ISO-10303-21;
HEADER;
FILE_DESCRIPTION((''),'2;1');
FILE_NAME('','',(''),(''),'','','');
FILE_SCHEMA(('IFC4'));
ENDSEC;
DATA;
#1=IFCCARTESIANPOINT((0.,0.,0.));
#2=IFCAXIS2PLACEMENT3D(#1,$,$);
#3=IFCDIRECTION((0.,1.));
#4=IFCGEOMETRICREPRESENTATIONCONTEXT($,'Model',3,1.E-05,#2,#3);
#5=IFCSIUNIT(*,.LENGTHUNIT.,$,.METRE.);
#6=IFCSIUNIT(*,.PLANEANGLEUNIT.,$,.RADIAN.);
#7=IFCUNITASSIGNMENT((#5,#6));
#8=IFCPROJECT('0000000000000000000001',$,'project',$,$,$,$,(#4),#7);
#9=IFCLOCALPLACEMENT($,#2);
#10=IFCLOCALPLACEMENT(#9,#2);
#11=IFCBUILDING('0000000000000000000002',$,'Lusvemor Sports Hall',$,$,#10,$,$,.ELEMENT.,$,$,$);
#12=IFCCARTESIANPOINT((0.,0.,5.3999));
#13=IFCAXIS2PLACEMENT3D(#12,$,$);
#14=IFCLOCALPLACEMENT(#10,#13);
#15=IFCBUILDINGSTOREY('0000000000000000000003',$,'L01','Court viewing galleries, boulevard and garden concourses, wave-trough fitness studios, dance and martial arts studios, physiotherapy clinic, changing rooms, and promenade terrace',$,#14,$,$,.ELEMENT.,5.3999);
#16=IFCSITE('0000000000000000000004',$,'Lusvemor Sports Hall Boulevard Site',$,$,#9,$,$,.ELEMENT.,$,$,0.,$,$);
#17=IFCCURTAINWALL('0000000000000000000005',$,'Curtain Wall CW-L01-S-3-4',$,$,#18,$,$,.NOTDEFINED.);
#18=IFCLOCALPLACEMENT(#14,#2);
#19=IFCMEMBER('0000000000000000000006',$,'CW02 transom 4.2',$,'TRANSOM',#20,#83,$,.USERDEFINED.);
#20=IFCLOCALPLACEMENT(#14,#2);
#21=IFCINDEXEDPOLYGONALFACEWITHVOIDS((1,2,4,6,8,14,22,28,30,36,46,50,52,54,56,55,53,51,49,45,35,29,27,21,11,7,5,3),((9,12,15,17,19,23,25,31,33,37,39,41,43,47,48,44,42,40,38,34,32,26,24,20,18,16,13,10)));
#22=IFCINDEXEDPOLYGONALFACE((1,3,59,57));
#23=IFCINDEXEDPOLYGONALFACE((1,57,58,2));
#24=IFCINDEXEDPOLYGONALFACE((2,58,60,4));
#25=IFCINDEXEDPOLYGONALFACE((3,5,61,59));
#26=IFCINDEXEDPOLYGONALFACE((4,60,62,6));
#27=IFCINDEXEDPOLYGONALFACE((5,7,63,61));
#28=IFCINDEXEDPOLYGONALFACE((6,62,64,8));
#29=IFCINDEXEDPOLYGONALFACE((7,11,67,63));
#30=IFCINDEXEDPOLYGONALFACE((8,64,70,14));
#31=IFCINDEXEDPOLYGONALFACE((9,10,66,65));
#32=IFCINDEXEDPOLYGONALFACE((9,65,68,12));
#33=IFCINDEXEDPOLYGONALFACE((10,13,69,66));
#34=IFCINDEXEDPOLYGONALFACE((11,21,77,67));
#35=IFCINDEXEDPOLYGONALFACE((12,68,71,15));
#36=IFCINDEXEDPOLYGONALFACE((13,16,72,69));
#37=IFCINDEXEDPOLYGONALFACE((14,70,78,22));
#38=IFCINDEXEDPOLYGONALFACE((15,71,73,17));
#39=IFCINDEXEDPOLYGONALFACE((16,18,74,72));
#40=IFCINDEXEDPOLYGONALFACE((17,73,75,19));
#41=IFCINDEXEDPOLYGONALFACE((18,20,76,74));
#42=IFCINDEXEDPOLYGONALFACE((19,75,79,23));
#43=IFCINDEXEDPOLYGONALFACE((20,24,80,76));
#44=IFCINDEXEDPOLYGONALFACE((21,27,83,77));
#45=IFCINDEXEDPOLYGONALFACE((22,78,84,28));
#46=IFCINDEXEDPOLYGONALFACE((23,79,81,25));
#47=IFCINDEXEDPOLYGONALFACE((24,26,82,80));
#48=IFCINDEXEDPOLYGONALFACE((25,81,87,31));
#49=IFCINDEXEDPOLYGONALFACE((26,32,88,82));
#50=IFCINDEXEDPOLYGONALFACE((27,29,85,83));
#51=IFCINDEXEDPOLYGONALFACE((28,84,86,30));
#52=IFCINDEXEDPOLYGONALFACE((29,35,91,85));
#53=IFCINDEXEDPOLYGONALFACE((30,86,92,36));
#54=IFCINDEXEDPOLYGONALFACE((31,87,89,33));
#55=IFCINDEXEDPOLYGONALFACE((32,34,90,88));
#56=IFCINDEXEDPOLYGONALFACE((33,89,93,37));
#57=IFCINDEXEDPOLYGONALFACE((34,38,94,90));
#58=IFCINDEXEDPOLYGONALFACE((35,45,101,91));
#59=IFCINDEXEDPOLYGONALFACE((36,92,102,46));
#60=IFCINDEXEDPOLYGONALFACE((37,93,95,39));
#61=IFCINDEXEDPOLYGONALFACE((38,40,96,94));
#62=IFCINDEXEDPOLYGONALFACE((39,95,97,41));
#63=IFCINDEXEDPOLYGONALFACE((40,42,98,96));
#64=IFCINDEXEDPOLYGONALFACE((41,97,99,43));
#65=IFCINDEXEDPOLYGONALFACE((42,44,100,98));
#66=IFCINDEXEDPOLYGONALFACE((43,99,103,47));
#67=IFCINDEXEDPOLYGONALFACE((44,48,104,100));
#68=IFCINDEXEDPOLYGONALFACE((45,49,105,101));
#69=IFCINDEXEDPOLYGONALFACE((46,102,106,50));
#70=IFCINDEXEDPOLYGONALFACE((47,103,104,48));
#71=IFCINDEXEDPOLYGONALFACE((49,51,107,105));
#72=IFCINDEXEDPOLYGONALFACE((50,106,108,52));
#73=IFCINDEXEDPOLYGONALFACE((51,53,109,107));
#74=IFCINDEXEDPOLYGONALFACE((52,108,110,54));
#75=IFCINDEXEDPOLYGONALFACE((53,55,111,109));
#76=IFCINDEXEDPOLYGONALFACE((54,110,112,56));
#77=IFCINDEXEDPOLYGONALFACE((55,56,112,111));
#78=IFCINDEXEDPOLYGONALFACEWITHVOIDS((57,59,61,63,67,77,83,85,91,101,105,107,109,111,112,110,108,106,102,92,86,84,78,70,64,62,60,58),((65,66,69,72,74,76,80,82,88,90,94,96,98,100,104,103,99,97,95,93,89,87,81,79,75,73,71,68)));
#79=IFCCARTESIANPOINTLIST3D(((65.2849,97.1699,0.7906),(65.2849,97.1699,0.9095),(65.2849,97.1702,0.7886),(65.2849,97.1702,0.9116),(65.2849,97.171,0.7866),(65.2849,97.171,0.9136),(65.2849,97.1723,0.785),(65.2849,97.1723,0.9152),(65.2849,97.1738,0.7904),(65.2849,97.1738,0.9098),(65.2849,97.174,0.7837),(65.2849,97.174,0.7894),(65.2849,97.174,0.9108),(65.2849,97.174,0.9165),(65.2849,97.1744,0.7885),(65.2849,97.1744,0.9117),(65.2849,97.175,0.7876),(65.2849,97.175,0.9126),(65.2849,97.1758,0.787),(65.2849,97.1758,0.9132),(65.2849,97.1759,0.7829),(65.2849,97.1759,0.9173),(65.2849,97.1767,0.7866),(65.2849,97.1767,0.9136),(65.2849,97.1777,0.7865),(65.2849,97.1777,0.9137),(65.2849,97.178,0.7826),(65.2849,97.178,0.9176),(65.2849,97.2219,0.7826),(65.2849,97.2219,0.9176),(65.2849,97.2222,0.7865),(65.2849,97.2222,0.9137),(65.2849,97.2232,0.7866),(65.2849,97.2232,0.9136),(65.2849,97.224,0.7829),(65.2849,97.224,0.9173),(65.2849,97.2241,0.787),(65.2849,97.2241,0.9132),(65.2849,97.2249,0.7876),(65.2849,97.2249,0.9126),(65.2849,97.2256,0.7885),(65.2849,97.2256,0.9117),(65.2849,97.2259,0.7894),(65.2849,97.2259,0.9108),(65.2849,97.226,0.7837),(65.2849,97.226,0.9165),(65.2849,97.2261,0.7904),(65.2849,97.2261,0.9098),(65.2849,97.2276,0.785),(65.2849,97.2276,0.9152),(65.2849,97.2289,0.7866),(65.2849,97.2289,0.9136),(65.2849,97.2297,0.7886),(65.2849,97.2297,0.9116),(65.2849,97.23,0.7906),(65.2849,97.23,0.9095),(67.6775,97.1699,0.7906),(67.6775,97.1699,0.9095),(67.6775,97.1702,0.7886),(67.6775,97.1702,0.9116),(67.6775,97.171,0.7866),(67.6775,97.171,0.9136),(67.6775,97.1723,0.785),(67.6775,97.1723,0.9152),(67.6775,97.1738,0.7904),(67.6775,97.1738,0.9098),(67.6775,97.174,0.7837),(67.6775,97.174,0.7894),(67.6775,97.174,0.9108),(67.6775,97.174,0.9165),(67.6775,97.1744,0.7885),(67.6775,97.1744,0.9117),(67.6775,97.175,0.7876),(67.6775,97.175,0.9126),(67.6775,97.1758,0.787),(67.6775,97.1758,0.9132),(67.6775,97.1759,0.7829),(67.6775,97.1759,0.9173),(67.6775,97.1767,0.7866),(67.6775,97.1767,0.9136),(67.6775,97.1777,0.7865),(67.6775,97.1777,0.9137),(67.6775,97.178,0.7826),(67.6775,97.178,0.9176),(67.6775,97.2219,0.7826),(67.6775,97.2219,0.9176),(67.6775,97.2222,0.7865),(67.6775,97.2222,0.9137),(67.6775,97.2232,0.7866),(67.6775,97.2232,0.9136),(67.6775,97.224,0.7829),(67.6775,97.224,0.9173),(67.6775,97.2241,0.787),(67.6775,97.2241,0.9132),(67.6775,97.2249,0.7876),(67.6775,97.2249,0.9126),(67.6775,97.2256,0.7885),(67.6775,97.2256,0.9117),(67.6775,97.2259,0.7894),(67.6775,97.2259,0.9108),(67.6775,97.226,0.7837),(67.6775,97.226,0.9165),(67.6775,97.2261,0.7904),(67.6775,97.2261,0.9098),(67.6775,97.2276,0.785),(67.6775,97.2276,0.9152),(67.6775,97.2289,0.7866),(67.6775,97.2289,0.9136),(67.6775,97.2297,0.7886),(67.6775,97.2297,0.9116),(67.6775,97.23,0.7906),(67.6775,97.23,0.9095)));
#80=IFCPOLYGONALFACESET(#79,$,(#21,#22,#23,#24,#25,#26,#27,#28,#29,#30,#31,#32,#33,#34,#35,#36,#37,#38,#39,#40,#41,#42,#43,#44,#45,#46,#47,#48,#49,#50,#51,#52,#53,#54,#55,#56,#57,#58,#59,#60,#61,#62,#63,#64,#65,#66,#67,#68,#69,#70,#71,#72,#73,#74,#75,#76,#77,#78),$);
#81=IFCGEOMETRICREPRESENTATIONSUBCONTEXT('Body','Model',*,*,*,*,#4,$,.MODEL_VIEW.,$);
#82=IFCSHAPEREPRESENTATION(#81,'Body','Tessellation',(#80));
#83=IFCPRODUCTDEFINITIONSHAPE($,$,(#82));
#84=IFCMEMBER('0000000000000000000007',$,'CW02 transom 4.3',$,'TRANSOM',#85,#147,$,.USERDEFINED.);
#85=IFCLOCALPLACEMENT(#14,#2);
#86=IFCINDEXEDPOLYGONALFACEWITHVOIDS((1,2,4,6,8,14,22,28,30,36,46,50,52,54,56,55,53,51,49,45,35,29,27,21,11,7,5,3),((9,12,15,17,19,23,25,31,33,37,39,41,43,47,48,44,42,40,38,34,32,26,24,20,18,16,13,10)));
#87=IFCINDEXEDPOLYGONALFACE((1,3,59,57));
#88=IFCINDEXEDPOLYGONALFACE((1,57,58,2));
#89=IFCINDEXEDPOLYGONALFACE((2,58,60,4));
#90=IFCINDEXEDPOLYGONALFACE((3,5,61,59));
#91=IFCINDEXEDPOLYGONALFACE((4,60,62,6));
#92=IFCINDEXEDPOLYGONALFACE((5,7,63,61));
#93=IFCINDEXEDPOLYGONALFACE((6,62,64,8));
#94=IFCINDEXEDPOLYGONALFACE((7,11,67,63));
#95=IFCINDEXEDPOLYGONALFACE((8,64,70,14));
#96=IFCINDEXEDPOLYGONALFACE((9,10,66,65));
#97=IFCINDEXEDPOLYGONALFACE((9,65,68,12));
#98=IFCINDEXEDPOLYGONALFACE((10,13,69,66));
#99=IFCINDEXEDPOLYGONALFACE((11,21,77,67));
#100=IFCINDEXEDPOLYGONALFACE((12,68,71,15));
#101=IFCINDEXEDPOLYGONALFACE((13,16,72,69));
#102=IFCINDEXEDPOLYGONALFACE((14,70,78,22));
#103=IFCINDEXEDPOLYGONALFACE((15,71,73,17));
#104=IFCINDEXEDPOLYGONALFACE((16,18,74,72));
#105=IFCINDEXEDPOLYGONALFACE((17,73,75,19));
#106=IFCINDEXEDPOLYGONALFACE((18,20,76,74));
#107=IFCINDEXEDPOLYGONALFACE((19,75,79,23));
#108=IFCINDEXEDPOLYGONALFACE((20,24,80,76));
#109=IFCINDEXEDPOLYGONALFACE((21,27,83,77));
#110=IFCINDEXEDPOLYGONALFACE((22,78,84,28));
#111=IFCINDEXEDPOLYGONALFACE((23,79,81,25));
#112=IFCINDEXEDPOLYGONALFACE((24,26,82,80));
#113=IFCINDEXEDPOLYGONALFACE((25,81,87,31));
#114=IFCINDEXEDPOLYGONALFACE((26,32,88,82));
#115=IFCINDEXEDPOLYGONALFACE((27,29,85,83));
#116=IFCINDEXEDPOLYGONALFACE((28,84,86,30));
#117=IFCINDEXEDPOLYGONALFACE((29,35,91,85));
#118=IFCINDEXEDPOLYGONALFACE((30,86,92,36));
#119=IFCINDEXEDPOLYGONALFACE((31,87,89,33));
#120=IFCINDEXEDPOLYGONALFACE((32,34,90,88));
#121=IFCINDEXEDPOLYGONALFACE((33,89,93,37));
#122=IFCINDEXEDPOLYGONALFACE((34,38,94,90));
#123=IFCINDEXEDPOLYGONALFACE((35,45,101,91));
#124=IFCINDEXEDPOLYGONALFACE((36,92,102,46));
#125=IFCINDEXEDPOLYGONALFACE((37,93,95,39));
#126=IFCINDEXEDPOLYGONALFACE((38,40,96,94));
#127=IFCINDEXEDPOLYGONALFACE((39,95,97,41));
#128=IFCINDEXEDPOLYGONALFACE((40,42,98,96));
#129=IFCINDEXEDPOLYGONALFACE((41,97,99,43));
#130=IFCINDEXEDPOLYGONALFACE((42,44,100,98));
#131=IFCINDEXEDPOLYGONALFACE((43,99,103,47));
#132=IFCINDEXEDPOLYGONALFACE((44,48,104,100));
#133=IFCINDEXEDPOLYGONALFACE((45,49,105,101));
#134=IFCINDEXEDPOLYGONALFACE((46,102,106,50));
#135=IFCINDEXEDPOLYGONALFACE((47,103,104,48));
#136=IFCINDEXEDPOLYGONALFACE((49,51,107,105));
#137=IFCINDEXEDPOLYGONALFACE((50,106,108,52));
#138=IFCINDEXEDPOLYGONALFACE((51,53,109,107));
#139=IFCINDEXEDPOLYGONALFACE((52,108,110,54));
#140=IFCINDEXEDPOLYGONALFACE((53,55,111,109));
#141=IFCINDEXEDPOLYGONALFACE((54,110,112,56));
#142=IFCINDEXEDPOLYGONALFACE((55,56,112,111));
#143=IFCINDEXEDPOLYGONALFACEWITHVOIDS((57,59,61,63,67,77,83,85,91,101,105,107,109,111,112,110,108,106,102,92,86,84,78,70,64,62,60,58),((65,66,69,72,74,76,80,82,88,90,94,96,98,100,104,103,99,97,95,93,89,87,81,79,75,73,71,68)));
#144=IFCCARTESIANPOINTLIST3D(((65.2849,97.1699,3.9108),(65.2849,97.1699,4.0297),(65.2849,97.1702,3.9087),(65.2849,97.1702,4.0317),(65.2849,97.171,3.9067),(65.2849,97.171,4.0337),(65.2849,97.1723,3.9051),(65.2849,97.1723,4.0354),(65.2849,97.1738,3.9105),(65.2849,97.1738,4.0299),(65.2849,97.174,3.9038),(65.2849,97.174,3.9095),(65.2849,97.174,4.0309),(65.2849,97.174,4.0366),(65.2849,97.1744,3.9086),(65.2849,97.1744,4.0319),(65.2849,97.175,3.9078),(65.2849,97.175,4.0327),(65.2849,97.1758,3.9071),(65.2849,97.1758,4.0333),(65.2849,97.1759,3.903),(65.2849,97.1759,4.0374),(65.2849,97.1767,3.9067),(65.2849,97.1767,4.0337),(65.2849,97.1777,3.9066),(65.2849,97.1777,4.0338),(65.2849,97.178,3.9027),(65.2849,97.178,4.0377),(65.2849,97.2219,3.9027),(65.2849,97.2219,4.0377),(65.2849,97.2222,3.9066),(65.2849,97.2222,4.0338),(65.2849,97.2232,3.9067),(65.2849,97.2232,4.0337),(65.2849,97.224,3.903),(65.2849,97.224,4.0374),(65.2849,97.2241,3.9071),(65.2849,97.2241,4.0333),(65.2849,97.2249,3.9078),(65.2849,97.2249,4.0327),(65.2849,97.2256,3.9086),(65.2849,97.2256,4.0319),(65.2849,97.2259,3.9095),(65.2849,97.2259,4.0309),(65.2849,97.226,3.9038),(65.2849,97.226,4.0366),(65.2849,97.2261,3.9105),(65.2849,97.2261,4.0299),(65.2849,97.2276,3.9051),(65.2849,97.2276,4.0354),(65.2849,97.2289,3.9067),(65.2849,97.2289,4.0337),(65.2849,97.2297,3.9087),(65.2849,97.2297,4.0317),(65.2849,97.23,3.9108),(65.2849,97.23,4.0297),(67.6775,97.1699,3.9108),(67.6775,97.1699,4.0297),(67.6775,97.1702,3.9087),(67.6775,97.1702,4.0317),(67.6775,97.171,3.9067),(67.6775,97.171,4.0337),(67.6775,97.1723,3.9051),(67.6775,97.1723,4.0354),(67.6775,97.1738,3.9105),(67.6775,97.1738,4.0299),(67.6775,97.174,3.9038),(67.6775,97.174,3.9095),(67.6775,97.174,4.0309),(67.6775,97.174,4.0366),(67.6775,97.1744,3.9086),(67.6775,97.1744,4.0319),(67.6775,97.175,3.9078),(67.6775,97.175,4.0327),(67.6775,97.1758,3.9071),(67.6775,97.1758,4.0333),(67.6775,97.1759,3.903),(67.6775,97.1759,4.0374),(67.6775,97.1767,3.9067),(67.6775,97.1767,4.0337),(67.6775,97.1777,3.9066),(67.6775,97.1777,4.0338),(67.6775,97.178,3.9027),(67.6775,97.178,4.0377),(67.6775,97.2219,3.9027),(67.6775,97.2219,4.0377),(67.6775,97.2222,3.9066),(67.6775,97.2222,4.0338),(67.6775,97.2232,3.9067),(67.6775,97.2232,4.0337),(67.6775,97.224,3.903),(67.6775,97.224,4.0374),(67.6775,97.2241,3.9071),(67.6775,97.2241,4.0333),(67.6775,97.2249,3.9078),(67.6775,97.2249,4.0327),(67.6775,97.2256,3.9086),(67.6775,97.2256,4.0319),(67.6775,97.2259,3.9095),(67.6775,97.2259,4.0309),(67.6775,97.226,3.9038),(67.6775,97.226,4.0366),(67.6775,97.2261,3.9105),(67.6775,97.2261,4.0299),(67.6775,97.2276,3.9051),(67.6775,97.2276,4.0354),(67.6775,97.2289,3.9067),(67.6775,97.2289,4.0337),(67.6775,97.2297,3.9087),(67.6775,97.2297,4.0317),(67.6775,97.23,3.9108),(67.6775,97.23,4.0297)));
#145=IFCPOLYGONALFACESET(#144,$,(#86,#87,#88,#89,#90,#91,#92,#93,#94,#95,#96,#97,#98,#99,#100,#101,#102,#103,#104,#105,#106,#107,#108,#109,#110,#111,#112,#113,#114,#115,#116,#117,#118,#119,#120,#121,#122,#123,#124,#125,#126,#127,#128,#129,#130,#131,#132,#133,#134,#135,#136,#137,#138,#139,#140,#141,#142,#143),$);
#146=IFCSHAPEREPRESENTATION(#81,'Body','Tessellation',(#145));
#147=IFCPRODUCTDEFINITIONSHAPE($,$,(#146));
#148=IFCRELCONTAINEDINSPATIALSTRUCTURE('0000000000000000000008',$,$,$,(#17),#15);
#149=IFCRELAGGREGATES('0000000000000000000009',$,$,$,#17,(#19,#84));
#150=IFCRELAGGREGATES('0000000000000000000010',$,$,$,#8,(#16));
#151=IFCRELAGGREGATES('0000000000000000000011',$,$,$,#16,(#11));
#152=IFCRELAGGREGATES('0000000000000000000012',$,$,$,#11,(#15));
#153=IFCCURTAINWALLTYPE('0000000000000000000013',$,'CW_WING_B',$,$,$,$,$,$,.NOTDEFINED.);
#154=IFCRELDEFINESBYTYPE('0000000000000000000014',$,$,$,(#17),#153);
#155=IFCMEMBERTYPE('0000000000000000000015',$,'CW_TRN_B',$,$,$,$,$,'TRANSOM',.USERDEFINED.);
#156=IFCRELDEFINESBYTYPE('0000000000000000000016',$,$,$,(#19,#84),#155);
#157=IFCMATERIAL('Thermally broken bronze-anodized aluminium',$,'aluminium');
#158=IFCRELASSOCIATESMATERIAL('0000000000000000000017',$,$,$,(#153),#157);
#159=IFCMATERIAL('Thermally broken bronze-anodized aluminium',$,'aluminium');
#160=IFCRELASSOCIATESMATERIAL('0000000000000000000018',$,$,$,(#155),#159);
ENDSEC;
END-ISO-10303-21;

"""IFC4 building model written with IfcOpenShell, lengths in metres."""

from ifc_helpers import new_model, si_unit, direction, frame, origin, origin_2d, place, context, subcontext, project, spatial, hollow_rectangle, extrude, material, material_profile, profile_set, type_object, element, aggregate, save


model = new_model("IFC4")

# Units and contexts
model_context = context("Model", 3, precision=1e-05, world=origin(), true_north=direction((0.0, 1.0)))
body_context = subcontext(model_context, "Body", "Model", "MODEL_VIEW")
ifc_project = project(units=[si_unit("LENGTHUNIT", "METRE"), si_unit("PLANEANGLEUNIT", "RADIAN")], contexts=[model_context])

# Site, building, storey
site_placement = place(None, origin())
site = spatial("IfcSite", under=ifc_project, at=site_placement, Name="Lusvemor Sports Hall Boulevard Site", CompositionType="ELEMENT", RefElevation=0.0)
building_placement = place(site_placement, origin())
building = spatial("IfcBuilding", under=site, at=building_placement, Name="Lusvemor Sports Hall", CompositionType="ELEMENT")
storey_placement = place(building_placement, frame((0.0, 0.0, 5.3999)))
storey = spatial("IfcBuildingStorey", under=building, at=storey_placement, Name="L01", Description="Court viewing galleries, boulevard and garden concourses, wave-trough fitness studios, dance and martial arts studios, physiotherapy clinic, changing rooms, and promenade terrace", CompositionType="ELEMENT", Elevation=5.3999)

# Shared definitions
ifc_material_1 = material(Name="Thermally broken bronze-anodized aluminium", Category="aluminium")
curtain_wall_type = type_object("IfcCurtainWallType", Name="CW_WING_B", PredefinedType="NOTDEFINED", material=ifc_material_1)

# Curtain wall
curtain_wall_1_placement = place(storey_placement, origin())
curtain_wall_1 = element("IfcCurtainWall", 1, at=curtain_wall_1_placement, inside=storey, type_object=curtain_wall_type, Name="Curtain Wall CW-L01-S-3-4", PredefinedType="NOTDEFINED")

# Members
ifc_material_2 = material(Name="Thermally broken bronze-anodized aluminium", Category="aluminium")
ifc_material_profile_1 = material_profile(ifc_material_2, hollow_rectangle(XDim=0.0601, YDim=0.135, WallThickness=0.0039, InnerFilletRadius=0.0039, OuterFilletRadius=0.0081, at=origin_2d()), Name="CWTRN135x60x4")
ifc_profile_set_1 = profile_set([ifc_material_profile_1], Name="Thermally broken bronze-anodized aluminium")
member_type_1 = type_object("IfcMemberType", Name="CW_TRN_B", ElementType="TRANSOM", PredefinedType="USERDEFINED", material=ifc_profile_set_1)
member_1_placement = place(storey_placement, frame((67.6775, 97.2, 0.8501), z_axis=(-1.0, 0.0, 0.0), x_axis=(0.0, -1.0, 0.0)))
member_1 = element("IfcMember", 2, at=member_1_placement, type_object=member_type_1, Name="CW02 transom 4.2", ObjectType="TRANSOM", PredefinedType="USERDEFINED", context=body_context, shape_type="SweptSolid", body=[
    extrude(hollow_rectangle(XDim=0.0601, YDim=0.135, WallThickness=0.0039, InnerFilletRadius=0.0039, OuterFilletRadius=0.0081, at=origin_2d()), origin(), (0.0, 0.0, 1.0), 2.3926),
])
member_2_placement = place(storey_placement, frame((67.6775, 97.2, 3.9702), z_axis=(-1.0, 0.0, 0.0), x_axis=(0.0, -1.0, 0.0)))
member_2 = element("IfcMember", 3, at=member_2_placement, type_object=member_type_1, Name="CW02 transom 4.3", ObjectType="TRANSOM", PredefinedType="USERDEFINED", context=body_context, shape_type="SweptSolid", body=[
    extrude(hollow_rectangle(XDim=0.0601, YDim=0.135, WallThickness=0.0039, InnerFilletRadius=0.0039, OuterFilletRadius=0.0081, at=origin_2d()), origin(), (0.0, 0.0, 1.0), 2.3926),
])

aggregate(curtain_wall_1, [member_1, member_2])

save(model, "model.ifc")
